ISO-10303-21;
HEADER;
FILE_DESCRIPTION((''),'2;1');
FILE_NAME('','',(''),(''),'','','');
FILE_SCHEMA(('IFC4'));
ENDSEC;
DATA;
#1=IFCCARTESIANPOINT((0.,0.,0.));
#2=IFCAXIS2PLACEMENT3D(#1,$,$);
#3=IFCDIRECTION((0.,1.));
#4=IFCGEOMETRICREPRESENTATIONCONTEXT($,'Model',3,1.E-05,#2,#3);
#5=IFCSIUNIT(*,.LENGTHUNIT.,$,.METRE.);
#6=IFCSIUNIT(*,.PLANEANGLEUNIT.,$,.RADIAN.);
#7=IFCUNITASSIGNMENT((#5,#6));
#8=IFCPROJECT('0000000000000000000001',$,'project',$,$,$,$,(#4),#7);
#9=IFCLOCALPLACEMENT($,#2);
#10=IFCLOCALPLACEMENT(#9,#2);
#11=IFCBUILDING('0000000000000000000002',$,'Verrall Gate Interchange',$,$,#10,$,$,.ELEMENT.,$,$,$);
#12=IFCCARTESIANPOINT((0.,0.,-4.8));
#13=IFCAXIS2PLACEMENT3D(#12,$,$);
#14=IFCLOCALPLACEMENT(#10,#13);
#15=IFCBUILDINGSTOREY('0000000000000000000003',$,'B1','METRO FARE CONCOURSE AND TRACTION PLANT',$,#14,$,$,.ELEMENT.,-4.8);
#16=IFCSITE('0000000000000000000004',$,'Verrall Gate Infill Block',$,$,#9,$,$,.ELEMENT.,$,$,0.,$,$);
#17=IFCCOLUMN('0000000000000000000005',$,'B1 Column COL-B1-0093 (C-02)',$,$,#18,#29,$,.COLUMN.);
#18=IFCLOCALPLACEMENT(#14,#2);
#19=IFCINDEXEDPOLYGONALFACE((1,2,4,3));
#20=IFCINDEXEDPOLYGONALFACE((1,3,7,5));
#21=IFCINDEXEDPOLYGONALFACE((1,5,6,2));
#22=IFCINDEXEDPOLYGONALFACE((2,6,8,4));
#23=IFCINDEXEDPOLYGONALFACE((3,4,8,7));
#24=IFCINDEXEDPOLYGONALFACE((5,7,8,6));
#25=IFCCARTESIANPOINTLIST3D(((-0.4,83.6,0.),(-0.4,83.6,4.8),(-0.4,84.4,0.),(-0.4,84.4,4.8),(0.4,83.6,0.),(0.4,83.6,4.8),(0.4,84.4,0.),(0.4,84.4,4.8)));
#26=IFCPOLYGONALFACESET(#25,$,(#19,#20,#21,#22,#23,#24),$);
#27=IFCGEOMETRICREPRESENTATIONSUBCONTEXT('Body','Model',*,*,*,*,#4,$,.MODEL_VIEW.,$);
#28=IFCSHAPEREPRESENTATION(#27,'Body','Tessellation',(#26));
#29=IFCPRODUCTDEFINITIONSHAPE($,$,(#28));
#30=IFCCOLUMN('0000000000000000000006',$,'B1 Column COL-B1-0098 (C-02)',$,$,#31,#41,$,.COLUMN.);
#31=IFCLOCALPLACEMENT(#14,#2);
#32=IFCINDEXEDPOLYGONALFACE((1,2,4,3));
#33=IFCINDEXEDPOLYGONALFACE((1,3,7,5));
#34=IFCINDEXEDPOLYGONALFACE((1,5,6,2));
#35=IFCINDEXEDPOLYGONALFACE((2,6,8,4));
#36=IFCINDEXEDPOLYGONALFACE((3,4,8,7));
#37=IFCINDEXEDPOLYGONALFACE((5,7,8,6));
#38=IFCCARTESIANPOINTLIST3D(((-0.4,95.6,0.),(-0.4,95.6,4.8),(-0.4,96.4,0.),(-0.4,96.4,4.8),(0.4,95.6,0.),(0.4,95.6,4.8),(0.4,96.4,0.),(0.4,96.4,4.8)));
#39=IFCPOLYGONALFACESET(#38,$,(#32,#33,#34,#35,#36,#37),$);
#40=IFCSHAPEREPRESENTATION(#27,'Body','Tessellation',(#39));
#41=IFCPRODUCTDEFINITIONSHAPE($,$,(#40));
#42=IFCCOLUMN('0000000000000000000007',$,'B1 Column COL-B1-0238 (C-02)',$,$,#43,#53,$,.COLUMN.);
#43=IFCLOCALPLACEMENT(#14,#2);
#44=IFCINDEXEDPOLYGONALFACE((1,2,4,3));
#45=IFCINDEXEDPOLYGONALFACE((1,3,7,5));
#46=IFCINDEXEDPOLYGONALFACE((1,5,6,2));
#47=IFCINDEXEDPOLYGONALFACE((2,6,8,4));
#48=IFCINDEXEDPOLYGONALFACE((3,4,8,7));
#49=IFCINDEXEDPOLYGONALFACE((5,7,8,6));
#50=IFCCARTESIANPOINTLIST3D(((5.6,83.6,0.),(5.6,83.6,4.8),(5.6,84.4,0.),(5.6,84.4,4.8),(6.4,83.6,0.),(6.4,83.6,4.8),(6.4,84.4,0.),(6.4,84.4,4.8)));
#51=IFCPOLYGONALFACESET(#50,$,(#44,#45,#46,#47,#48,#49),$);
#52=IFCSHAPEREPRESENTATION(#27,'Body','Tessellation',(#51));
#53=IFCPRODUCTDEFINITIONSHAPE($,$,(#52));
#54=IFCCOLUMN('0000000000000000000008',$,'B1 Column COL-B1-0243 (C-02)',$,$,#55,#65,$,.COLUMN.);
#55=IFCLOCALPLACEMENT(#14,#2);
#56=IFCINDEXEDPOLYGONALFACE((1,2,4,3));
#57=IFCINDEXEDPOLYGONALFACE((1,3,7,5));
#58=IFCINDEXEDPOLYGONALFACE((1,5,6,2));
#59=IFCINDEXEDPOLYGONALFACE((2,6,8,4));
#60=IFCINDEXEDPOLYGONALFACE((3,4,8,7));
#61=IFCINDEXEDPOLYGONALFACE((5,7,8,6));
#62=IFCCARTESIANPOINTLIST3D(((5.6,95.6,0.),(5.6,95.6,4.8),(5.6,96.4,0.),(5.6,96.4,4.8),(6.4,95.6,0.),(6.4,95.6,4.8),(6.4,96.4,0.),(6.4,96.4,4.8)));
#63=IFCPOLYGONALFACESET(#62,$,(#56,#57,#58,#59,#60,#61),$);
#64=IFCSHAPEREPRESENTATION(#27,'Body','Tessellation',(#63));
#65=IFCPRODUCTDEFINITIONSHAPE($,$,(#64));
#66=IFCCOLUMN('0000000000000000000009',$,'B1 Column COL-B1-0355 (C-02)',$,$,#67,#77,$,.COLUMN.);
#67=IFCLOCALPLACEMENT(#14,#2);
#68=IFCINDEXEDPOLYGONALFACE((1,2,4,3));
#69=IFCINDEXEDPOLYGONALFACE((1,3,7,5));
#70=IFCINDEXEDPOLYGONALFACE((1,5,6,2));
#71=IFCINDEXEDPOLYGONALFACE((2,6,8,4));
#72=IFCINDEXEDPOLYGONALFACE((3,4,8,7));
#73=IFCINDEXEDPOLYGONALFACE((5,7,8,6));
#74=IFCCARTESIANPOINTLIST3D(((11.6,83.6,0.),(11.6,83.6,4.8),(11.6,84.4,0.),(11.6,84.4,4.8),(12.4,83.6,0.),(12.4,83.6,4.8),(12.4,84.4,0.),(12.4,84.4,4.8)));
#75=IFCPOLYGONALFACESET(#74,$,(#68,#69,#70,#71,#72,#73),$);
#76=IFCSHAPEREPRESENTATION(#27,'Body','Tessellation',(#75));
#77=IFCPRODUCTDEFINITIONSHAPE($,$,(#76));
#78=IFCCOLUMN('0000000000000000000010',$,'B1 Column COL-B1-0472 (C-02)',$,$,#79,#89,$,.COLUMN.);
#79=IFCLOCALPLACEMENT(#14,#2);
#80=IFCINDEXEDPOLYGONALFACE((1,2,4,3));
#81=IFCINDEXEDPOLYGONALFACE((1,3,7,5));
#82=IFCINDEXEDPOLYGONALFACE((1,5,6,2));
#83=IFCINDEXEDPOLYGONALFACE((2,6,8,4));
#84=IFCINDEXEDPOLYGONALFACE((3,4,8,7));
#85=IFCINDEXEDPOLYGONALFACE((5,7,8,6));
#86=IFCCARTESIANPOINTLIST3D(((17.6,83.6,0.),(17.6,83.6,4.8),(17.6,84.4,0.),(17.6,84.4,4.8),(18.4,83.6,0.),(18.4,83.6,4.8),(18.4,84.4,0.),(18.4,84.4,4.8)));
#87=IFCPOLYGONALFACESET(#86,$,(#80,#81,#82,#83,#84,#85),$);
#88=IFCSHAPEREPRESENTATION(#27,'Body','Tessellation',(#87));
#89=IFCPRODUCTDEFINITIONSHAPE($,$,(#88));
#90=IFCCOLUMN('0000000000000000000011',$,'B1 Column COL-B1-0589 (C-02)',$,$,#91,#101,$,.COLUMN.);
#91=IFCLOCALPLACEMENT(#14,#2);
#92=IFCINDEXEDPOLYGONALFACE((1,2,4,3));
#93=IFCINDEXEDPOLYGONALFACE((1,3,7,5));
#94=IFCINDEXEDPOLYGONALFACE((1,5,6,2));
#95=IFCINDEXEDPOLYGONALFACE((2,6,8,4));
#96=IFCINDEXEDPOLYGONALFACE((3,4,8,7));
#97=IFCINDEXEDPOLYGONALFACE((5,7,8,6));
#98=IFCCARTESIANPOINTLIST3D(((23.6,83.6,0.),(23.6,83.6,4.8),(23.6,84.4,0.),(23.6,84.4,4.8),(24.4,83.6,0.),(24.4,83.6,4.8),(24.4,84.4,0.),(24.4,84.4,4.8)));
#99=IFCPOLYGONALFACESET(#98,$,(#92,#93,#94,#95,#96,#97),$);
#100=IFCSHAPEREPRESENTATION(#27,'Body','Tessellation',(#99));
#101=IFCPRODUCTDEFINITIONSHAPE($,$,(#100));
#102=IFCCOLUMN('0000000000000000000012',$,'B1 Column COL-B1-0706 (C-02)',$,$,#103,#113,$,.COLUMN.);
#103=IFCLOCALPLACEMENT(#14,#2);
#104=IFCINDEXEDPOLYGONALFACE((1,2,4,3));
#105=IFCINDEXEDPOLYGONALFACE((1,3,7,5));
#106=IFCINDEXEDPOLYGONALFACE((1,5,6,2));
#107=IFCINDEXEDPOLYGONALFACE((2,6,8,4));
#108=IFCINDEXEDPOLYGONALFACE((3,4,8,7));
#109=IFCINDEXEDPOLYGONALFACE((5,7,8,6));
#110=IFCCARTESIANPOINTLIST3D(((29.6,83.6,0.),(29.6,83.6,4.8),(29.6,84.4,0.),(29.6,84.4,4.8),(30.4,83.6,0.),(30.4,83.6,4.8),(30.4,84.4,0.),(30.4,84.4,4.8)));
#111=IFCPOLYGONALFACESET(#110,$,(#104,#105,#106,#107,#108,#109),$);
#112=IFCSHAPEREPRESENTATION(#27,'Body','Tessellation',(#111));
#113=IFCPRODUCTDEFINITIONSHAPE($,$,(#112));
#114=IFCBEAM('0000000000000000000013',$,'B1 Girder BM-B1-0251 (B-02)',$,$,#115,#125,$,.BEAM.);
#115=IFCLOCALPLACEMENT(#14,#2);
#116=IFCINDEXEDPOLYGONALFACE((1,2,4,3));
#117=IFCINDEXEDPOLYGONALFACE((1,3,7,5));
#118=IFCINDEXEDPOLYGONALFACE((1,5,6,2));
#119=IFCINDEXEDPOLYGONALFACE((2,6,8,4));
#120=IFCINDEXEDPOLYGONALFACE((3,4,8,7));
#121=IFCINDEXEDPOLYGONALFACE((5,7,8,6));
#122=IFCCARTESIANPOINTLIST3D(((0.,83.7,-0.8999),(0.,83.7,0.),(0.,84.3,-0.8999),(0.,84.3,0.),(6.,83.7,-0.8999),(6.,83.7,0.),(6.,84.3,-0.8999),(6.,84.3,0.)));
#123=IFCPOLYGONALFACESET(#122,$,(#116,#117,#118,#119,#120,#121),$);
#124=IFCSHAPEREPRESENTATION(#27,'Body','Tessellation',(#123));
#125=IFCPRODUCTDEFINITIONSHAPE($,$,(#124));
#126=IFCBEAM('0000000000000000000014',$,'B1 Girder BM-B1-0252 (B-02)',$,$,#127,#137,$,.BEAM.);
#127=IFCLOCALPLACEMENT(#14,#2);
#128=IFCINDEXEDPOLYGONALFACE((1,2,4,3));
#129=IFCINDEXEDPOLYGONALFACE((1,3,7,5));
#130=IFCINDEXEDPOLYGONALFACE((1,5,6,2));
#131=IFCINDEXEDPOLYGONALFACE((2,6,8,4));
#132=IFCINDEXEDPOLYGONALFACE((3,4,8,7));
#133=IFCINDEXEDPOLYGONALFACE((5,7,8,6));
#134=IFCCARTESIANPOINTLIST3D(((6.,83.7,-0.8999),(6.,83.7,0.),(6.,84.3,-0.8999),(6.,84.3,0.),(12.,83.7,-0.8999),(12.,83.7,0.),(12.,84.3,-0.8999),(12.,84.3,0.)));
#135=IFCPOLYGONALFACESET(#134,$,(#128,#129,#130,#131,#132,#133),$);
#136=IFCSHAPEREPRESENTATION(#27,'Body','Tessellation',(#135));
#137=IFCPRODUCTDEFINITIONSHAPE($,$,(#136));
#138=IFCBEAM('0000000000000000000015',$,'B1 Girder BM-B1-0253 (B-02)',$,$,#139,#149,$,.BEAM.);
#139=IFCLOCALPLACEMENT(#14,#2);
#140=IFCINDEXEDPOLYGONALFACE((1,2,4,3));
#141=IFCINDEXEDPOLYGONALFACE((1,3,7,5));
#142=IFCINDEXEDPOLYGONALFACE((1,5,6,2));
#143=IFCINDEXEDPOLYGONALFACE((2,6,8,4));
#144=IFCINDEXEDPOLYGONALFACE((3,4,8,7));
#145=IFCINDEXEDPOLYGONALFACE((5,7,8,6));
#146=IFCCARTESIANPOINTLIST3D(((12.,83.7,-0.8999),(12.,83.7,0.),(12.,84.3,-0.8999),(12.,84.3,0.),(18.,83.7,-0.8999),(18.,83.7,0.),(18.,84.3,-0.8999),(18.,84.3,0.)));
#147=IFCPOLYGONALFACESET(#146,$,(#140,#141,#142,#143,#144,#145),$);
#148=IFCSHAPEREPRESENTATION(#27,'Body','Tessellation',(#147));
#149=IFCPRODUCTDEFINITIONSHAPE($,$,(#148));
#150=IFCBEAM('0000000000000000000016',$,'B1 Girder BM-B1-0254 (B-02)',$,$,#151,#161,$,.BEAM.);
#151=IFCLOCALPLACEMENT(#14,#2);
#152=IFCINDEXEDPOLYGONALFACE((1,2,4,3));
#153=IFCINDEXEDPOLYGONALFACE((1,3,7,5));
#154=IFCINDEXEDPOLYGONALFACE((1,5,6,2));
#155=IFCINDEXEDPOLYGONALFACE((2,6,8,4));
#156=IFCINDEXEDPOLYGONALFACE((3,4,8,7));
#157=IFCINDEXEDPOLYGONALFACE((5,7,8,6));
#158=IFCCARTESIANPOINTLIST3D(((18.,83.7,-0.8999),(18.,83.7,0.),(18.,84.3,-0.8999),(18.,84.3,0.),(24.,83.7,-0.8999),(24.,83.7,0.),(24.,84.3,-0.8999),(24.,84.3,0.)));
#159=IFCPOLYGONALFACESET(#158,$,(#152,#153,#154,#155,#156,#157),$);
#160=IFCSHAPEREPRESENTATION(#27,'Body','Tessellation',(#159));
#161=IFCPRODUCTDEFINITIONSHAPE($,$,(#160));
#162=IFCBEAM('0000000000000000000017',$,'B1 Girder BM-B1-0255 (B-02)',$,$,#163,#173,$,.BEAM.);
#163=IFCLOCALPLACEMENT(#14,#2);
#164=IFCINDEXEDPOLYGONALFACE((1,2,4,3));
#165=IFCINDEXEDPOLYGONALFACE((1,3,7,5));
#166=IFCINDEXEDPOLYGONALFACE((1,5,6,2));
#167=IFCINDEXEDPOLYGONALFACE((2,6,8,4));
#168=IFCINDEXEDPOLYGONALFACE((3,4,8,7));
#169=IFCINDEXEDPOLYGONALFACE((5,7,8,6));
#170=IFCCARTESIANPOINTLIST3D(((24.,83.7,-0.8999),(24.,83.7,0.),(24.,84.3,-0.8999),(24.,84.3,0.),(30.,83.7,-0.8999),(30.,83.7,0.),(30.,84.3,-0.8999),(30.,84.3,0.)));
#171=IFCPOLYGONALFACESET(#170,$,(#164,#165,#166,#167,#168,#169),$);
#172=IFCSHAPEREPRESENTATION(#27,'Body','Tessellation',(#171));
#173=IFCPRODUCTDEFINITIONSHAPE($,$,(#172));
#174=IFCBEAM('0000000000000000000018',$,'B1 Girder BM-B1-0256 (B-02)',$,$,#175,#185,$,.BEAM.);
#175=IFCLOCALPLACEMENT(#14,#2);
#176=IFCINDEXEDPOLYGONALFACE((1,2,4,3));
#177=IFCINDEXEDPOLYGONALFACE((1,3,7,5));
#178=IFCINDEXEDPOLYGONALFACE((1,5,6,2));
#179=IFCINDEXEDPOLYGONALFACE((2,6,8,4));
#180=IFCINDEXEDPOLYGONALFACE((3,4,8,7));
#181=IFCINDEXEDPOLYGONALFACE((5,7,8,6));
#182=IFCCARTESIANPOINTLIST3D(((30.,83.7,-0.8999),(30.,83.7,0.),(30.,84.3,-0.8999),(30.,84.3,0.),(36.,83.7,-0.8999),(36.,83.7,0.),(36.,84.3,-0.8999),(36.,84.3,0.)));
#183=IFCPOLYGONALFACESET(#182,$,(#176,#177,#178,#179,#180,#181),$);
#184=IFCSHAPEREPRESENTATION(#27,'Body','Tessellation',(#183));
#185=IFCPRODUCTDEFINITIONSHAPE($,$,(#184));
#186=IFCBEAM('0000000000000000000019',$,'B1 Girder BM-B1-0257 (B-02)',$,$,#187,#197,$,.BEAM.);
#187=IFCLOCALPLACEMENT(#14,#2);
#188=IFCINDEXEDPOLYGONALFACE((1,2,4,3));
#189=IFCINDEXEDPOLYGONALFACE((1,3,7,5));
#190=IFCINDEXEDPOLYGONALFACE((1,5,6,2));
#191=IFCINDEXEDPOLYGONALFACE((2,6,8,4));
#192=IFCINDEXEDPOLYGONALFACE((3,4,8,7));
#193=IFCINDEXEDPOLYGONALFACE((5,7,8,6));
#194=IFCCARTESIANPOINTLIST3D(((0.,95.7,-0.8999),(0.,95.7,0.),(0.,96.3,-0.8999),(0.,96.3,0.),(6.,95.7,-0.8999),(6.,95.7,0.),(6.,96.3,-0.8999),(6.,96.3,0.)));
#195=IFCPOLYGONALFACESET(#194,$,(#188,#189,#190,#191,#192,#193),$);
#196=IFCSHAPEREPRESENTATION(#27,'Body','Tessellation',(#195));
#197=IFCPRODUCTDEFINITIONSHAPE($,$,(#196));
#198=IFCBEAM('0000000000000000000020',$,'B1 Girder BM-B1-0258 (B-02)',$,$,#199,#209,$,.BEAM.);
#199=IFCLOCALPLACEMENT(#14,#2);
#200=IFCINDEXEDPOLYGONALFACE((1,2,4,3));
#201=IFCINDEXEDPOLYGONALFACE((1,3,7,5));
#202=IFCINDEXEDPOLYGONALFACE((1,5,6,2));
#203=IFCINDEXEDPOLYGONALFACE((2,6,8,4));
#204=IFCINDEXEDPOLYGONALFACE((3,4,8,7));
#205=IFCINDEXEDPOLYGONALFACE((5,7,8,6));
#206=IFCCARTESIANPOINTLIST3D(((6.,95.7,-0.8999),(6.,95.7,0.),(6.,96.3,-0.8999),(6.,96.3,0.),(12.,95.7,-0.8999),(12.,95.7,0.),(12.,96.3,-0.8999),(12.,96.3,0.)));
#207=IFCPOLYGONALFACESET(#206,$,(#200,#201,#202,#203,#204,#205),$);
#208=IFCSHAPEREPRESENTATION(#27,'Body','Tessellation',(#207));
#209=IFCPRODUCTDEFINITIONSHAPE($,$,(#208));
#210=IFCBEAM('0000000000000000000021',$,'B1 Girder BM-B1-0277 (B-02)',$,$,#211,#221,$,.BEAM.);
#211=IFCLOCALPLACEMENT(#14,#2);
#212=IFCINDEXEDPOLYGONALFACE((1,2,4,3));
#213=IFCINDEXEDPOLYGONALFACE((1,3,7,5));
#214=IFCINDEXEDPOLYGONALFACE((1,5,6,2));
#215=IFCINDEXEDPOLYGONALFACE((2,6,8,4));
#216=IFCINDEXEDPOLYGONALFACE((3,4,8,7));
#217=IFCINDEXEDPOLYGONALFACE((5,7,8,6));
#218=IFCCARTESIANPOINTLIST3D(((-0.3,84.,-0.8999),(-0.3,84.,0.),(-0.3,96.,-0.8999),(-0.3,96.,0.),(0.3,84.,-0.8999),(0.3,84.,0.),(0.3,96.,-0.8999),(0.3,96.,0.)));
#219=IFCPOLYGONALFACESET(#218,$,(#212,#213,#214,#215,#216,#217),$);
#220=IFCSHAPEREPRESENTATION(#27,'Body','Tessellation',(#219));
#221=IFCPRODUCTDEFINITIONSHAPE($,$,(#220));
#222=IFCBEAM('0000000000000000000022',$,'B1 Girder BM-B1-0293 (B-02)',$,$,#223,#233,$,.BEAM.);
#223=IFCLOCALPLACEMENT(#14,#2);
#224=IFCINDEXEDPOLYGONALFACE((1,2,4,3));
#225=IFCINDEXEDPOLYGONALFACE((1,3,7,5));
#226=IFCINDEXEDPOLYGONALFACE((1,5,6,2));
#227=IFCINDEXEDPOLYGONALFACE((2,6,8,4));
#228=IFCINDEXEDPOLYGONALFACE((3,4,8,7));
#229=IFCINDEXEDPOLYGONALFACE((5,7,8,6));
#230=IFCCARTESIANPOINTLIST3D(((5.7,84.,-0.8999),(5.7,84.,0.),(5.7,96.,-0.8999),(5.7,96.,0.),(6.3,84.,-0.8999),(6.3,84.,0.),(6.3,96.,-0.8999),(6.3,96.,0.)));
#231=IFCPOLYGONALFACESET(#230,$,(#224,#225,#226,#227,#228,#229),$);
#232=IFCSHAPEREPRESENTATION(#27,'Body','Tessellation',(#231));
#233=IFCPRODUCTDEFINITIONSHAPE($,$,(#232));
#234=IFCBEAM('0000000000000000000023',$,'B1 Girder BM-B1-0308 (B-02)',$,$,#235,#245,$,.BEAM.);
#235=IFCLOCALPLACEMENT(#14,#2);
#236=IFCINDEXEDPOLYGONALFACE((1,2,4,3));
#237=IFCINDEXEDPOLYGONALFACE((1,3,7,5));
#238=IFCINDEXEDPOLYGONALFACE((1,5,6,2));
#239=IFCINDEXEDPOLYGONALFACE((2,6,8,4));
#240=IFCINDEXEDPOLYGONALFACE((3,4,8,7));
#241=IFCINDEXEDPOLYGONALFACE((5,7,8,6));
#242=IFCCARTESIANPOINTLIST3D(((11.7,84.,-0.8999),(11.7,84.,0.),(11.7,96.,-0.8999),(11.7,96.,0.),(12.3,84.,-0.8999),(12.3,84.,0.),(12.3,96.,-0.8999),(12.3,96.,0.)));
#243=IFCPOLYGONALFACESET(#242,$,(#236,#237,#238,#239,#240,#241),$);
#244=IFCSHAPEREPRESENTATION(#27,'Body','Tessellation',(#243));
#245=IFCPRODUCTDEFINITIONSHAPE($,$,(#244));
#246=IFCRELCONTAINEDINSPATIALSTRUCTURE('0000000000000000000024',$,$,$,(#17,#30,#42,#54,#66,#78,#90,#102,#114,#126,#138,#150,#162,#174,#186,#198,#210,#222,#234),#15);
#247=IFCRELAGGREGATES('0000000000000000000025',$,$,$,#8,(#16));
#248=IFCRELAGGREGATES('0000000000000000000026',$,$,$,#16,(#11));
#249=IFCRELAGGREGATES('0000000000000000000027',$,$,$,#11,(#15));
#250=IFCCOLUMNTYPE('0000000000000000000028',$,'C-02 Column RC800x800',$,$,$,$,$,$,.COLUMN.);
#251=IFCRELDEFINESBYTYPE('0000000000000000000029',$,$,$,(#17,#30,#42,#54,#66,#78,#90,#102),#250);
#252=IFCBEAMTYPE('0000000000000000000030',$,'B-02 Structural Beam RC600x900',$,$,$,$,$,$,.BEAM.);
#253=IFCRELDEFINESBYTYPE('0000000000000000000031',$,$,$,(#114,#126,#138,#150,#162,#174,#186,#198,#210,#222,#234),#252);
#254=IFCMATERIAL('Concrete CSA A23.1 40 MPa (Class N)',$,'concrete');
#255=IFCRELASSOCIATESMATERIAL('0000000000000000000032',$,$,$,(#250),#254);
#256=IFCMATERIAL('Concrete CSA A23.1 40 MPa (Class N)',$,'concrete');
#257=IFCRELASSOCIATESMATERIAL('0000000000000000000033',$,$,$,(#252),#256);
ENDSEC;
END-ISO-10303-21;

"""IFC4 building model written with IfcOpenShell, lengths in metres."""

from ifc_helpers import new_model, si_unit, direction, frame, origin, origin_2d, place, context, subcontext, project, spatial, rectangle, extrude, material, material_profile, profile_set, type_object, element, save


model = new_model("IFC4")

# Units and contexts
model_context = context("Model", 3, precision=1e-05, world=origin(), true_north=direction((0.0, 1.0)))
body_context = subcontext(model_context, "Body", "Model", "MODEL_VIEW")
ifc_project = project(units=[si_unit("LENGTHUNIT", "METRE"), si_unit("PLANEANGLEUNIT", "RADIAN")], contexts=[model_context])

# Site, building, storey
site_placement = place(None, origin())
site = spatial("IfcSite", under=ifc_project, at=site_placement, Name="Verrall Gate Infill Block", CompositionType="ELEMENT", RefElevation=0.0)
building_placement = place(site_placement, origin())
building = spatial("IfcBuilding", under=site, at=building_placement, Name="Verrall Gate Interchange", CompositionType="ELEMENT")
storey_placement = place(building_placement, frame((0.0, 0.0, -4.8)))
storey = spatial("IfcBuildingStorey", under=building, at=storey_placement, Name="B1", Description="METRO FARE CONCOURSE AND TRACTION PLANT", CompositionType="ELEMENT", Elevation=-4.8)

# Columns
ifc_material_1 = material(Name="Concrete CSA A23.1 40 MPa (Class N)", Category="concrete")
ifc_material_profile_1 = material_profile(ifc_material_1, rectangle(XDim=0.8, YDim=0.8, at=origin_2d()), Name="RC800x800")
ifc_profile_set_1 = profile_set([ifc_material_profile_1], Name="Concrete CSA A23.1 40 MPa (Class N)")
column_type = type_object("IfcColumnType", Name="C-02 Column RC800x800", PredefinedType="COLUMN", material=ifc_profile_set_1)
for number, where, z_axis, x_axis, name in (
    (1, (0.0, 84.0, 0.0), (0.0, 0.0, 1.0), (1.0, 0.0, 0.0), "B1 Column COL-B1-0093 (C-02)"),
    (2, (0.0, 96.0, 0.0), (0.0, 0.0, 1.0), (1.0, 0.0, 0.0), "B1 Column COL-B1-0098 (C-02)"),
    (3, (6.0, 84.0, 0.0), (0.0, 0.0, 1.0), (1.0, 0.0, 0.0), "B1 Column COL-B1-0238 (C-02)"),
    (4, (6.0, 96.0, 0.0), (0.0, 0.0, 1.0), (1.0, 0.0, 0.0), "B1 Column COL-B1-0243 (C-02)"),
    (5, (12.0, 84.0, 0.0), (0.0, 0.0, 1.0), (1.0, 0.0, 0.0), "B1 Column COL-B1-0355 (C-02)"),
    (6, (18.0, 84.0, 0.0), (0.0, 0.0, 1.0), (1.0, 0.0, 0.0), "B1 Column COL-B1-0472 (C-02)"),
    (7, (24.0, 84.0, 0.0), (0.0, 0.0, 1.0), (1.0, 0.0, 0.0), "B1 Column COL-B1-0589 (C-02)"),
    (8, (30.0, 84.0, 0.0), (0.0, 0.0, 1.0), (1.0, 0.0, 0.0), "B1 Column COL-B1-0706 (C-02)"),
):
    element("IfcColumn", number, at=place(storey_placement, frame(where, z_axis=z_axis, x_axis=x_axis)), inside=storey, type_object=column_type, Name=name, PredefinedType="COLUMN", context=body_context, shape_type="SweptSolid", body=[
        extrude(rectangle(XDim=0.8, YDim=0.8, at=origin_2d()), origin(), (0.0, 0.0, 1.0), 4.8),
    ])

# Beams
ifc_material_2 = material(Name="Concrete CSA A23.1 40 MPa (Class N)", Category="concrete")
ifc_material_profile_2 = material_profile(ifc_material_2, rectangle(XDim=0.6001, YDim=0.8999, at=origin_2d()), Name="RC600x900")
ifc_profile_set_2 = profile_set([ifc_material_profile_2], Name="Concrete CSA A23.1 40 MPa (Class N)")
beam_type_1 = type_object("IfcBeamType", Name="B-02 Structural Beam RC600x900", PredefinedType="BEAM", material=ifc_profile_set_2)
for number, where, z_axis, x_axis, name in (
    (9, (0.0, 84.0, -0.45), (1.0, 0.0, 0.0), (0.0, 1.0, 0.0), "B1 Girder BM-B1-0251 (B-02)"),
    (10, (6.0, 84.0, -0.45), (1.0, 0.0, 0.0), (0.0, 1.0, 0.0), "B1 Girder BM-B1-0252 (B-02)"),
    (11, (12.0, 84.0, -0.45), (1.0, 0.0, 0.0), (0.0, 1.0, 0.0), "B1 Girder BM-B1-0253 (B-02)"),
    (12, (18.0, 84.0, -0.45), (1.0, 0.0, 0.0), (0.0, 1.0, 0.0), "B1 Girder BM-B1-0254 (B-02)"),
    (13, (24.0, 84.0, -0.45), (1.0, 0.0, 0.0), (0.0, 1.0, 0.0), "B1 Girder BM-B1-0255 (B-02)"),
    (14, (30.0, 84.0, -0.45), (1.0, 0.0, 0.0), (0.0, 1.0, 0.0), "B1 Girder BM-B1-0256 (B-02)"),
    (15, (0.0, 96.0, -0.45), (1.0, 0.0, 0.0), (0.0, 1.0, 0.0), "B1 Girder BM-B1-0257 (B-02)"),
    (16, (6.0, 96.0, -0.45), (1.0, 0.0, 0.0), (0.0, 1.0, 0.0), "B1 Girder BM-B1-0258 (B-02)"),
):
    element("IfcBeam", number, at=place(storey_placement, frame(where, z_axis=z_axis, x_axis=x_axis)), inside=storey, type_object=beam_type_1, Name=name, PredefinedType="BEAM", context=body_context, shape_type="SweptSolid", body=[
        extrude(rectangle(XDim=0.6001, YDim=0.8999, at=origin_2d()), origin(), (0.0, 0.0, 1.0), 6.0),
    ])
for number, where, z_axis, x_axis, name in (
    (17, (0.0, 84.0, -0.45), (0.0, 1.0, 0.0), (-1.0, 0.0, 0.0), "B1 Girder BM-B1-0277 (B-02)"),
    (18, (6.0, 84.0, -0.45), (0.0, 1.0, 0.0), (-1.0, 0.0, 0.0), "B1 Girder BM-B1-0293 (B-02)"),
    (19, (12.0, 84.0, -0.45), (0.0, 1.0, 0.0), (-1.0, 0.0, 0.0), "B1 Girder BM-B1-0308 (B-02)"),
):
    element("IfcBeam", number, at=place(storey_placement, frame(where, z_axis=z_axis, x_axis=x_axis)), inside=storey, type_object=beam_type_1, Name=name, PredefinedType="BEAM", context=body_context, shape_type="SweptSolid", body=[
        extrude(rectangle(XDim=0.6001, YDim=0.8999, at=origin_2d()), origin(), (0.0, 0.0, 1.0), 12.0),
    ])

save(model, "model.ifc")
